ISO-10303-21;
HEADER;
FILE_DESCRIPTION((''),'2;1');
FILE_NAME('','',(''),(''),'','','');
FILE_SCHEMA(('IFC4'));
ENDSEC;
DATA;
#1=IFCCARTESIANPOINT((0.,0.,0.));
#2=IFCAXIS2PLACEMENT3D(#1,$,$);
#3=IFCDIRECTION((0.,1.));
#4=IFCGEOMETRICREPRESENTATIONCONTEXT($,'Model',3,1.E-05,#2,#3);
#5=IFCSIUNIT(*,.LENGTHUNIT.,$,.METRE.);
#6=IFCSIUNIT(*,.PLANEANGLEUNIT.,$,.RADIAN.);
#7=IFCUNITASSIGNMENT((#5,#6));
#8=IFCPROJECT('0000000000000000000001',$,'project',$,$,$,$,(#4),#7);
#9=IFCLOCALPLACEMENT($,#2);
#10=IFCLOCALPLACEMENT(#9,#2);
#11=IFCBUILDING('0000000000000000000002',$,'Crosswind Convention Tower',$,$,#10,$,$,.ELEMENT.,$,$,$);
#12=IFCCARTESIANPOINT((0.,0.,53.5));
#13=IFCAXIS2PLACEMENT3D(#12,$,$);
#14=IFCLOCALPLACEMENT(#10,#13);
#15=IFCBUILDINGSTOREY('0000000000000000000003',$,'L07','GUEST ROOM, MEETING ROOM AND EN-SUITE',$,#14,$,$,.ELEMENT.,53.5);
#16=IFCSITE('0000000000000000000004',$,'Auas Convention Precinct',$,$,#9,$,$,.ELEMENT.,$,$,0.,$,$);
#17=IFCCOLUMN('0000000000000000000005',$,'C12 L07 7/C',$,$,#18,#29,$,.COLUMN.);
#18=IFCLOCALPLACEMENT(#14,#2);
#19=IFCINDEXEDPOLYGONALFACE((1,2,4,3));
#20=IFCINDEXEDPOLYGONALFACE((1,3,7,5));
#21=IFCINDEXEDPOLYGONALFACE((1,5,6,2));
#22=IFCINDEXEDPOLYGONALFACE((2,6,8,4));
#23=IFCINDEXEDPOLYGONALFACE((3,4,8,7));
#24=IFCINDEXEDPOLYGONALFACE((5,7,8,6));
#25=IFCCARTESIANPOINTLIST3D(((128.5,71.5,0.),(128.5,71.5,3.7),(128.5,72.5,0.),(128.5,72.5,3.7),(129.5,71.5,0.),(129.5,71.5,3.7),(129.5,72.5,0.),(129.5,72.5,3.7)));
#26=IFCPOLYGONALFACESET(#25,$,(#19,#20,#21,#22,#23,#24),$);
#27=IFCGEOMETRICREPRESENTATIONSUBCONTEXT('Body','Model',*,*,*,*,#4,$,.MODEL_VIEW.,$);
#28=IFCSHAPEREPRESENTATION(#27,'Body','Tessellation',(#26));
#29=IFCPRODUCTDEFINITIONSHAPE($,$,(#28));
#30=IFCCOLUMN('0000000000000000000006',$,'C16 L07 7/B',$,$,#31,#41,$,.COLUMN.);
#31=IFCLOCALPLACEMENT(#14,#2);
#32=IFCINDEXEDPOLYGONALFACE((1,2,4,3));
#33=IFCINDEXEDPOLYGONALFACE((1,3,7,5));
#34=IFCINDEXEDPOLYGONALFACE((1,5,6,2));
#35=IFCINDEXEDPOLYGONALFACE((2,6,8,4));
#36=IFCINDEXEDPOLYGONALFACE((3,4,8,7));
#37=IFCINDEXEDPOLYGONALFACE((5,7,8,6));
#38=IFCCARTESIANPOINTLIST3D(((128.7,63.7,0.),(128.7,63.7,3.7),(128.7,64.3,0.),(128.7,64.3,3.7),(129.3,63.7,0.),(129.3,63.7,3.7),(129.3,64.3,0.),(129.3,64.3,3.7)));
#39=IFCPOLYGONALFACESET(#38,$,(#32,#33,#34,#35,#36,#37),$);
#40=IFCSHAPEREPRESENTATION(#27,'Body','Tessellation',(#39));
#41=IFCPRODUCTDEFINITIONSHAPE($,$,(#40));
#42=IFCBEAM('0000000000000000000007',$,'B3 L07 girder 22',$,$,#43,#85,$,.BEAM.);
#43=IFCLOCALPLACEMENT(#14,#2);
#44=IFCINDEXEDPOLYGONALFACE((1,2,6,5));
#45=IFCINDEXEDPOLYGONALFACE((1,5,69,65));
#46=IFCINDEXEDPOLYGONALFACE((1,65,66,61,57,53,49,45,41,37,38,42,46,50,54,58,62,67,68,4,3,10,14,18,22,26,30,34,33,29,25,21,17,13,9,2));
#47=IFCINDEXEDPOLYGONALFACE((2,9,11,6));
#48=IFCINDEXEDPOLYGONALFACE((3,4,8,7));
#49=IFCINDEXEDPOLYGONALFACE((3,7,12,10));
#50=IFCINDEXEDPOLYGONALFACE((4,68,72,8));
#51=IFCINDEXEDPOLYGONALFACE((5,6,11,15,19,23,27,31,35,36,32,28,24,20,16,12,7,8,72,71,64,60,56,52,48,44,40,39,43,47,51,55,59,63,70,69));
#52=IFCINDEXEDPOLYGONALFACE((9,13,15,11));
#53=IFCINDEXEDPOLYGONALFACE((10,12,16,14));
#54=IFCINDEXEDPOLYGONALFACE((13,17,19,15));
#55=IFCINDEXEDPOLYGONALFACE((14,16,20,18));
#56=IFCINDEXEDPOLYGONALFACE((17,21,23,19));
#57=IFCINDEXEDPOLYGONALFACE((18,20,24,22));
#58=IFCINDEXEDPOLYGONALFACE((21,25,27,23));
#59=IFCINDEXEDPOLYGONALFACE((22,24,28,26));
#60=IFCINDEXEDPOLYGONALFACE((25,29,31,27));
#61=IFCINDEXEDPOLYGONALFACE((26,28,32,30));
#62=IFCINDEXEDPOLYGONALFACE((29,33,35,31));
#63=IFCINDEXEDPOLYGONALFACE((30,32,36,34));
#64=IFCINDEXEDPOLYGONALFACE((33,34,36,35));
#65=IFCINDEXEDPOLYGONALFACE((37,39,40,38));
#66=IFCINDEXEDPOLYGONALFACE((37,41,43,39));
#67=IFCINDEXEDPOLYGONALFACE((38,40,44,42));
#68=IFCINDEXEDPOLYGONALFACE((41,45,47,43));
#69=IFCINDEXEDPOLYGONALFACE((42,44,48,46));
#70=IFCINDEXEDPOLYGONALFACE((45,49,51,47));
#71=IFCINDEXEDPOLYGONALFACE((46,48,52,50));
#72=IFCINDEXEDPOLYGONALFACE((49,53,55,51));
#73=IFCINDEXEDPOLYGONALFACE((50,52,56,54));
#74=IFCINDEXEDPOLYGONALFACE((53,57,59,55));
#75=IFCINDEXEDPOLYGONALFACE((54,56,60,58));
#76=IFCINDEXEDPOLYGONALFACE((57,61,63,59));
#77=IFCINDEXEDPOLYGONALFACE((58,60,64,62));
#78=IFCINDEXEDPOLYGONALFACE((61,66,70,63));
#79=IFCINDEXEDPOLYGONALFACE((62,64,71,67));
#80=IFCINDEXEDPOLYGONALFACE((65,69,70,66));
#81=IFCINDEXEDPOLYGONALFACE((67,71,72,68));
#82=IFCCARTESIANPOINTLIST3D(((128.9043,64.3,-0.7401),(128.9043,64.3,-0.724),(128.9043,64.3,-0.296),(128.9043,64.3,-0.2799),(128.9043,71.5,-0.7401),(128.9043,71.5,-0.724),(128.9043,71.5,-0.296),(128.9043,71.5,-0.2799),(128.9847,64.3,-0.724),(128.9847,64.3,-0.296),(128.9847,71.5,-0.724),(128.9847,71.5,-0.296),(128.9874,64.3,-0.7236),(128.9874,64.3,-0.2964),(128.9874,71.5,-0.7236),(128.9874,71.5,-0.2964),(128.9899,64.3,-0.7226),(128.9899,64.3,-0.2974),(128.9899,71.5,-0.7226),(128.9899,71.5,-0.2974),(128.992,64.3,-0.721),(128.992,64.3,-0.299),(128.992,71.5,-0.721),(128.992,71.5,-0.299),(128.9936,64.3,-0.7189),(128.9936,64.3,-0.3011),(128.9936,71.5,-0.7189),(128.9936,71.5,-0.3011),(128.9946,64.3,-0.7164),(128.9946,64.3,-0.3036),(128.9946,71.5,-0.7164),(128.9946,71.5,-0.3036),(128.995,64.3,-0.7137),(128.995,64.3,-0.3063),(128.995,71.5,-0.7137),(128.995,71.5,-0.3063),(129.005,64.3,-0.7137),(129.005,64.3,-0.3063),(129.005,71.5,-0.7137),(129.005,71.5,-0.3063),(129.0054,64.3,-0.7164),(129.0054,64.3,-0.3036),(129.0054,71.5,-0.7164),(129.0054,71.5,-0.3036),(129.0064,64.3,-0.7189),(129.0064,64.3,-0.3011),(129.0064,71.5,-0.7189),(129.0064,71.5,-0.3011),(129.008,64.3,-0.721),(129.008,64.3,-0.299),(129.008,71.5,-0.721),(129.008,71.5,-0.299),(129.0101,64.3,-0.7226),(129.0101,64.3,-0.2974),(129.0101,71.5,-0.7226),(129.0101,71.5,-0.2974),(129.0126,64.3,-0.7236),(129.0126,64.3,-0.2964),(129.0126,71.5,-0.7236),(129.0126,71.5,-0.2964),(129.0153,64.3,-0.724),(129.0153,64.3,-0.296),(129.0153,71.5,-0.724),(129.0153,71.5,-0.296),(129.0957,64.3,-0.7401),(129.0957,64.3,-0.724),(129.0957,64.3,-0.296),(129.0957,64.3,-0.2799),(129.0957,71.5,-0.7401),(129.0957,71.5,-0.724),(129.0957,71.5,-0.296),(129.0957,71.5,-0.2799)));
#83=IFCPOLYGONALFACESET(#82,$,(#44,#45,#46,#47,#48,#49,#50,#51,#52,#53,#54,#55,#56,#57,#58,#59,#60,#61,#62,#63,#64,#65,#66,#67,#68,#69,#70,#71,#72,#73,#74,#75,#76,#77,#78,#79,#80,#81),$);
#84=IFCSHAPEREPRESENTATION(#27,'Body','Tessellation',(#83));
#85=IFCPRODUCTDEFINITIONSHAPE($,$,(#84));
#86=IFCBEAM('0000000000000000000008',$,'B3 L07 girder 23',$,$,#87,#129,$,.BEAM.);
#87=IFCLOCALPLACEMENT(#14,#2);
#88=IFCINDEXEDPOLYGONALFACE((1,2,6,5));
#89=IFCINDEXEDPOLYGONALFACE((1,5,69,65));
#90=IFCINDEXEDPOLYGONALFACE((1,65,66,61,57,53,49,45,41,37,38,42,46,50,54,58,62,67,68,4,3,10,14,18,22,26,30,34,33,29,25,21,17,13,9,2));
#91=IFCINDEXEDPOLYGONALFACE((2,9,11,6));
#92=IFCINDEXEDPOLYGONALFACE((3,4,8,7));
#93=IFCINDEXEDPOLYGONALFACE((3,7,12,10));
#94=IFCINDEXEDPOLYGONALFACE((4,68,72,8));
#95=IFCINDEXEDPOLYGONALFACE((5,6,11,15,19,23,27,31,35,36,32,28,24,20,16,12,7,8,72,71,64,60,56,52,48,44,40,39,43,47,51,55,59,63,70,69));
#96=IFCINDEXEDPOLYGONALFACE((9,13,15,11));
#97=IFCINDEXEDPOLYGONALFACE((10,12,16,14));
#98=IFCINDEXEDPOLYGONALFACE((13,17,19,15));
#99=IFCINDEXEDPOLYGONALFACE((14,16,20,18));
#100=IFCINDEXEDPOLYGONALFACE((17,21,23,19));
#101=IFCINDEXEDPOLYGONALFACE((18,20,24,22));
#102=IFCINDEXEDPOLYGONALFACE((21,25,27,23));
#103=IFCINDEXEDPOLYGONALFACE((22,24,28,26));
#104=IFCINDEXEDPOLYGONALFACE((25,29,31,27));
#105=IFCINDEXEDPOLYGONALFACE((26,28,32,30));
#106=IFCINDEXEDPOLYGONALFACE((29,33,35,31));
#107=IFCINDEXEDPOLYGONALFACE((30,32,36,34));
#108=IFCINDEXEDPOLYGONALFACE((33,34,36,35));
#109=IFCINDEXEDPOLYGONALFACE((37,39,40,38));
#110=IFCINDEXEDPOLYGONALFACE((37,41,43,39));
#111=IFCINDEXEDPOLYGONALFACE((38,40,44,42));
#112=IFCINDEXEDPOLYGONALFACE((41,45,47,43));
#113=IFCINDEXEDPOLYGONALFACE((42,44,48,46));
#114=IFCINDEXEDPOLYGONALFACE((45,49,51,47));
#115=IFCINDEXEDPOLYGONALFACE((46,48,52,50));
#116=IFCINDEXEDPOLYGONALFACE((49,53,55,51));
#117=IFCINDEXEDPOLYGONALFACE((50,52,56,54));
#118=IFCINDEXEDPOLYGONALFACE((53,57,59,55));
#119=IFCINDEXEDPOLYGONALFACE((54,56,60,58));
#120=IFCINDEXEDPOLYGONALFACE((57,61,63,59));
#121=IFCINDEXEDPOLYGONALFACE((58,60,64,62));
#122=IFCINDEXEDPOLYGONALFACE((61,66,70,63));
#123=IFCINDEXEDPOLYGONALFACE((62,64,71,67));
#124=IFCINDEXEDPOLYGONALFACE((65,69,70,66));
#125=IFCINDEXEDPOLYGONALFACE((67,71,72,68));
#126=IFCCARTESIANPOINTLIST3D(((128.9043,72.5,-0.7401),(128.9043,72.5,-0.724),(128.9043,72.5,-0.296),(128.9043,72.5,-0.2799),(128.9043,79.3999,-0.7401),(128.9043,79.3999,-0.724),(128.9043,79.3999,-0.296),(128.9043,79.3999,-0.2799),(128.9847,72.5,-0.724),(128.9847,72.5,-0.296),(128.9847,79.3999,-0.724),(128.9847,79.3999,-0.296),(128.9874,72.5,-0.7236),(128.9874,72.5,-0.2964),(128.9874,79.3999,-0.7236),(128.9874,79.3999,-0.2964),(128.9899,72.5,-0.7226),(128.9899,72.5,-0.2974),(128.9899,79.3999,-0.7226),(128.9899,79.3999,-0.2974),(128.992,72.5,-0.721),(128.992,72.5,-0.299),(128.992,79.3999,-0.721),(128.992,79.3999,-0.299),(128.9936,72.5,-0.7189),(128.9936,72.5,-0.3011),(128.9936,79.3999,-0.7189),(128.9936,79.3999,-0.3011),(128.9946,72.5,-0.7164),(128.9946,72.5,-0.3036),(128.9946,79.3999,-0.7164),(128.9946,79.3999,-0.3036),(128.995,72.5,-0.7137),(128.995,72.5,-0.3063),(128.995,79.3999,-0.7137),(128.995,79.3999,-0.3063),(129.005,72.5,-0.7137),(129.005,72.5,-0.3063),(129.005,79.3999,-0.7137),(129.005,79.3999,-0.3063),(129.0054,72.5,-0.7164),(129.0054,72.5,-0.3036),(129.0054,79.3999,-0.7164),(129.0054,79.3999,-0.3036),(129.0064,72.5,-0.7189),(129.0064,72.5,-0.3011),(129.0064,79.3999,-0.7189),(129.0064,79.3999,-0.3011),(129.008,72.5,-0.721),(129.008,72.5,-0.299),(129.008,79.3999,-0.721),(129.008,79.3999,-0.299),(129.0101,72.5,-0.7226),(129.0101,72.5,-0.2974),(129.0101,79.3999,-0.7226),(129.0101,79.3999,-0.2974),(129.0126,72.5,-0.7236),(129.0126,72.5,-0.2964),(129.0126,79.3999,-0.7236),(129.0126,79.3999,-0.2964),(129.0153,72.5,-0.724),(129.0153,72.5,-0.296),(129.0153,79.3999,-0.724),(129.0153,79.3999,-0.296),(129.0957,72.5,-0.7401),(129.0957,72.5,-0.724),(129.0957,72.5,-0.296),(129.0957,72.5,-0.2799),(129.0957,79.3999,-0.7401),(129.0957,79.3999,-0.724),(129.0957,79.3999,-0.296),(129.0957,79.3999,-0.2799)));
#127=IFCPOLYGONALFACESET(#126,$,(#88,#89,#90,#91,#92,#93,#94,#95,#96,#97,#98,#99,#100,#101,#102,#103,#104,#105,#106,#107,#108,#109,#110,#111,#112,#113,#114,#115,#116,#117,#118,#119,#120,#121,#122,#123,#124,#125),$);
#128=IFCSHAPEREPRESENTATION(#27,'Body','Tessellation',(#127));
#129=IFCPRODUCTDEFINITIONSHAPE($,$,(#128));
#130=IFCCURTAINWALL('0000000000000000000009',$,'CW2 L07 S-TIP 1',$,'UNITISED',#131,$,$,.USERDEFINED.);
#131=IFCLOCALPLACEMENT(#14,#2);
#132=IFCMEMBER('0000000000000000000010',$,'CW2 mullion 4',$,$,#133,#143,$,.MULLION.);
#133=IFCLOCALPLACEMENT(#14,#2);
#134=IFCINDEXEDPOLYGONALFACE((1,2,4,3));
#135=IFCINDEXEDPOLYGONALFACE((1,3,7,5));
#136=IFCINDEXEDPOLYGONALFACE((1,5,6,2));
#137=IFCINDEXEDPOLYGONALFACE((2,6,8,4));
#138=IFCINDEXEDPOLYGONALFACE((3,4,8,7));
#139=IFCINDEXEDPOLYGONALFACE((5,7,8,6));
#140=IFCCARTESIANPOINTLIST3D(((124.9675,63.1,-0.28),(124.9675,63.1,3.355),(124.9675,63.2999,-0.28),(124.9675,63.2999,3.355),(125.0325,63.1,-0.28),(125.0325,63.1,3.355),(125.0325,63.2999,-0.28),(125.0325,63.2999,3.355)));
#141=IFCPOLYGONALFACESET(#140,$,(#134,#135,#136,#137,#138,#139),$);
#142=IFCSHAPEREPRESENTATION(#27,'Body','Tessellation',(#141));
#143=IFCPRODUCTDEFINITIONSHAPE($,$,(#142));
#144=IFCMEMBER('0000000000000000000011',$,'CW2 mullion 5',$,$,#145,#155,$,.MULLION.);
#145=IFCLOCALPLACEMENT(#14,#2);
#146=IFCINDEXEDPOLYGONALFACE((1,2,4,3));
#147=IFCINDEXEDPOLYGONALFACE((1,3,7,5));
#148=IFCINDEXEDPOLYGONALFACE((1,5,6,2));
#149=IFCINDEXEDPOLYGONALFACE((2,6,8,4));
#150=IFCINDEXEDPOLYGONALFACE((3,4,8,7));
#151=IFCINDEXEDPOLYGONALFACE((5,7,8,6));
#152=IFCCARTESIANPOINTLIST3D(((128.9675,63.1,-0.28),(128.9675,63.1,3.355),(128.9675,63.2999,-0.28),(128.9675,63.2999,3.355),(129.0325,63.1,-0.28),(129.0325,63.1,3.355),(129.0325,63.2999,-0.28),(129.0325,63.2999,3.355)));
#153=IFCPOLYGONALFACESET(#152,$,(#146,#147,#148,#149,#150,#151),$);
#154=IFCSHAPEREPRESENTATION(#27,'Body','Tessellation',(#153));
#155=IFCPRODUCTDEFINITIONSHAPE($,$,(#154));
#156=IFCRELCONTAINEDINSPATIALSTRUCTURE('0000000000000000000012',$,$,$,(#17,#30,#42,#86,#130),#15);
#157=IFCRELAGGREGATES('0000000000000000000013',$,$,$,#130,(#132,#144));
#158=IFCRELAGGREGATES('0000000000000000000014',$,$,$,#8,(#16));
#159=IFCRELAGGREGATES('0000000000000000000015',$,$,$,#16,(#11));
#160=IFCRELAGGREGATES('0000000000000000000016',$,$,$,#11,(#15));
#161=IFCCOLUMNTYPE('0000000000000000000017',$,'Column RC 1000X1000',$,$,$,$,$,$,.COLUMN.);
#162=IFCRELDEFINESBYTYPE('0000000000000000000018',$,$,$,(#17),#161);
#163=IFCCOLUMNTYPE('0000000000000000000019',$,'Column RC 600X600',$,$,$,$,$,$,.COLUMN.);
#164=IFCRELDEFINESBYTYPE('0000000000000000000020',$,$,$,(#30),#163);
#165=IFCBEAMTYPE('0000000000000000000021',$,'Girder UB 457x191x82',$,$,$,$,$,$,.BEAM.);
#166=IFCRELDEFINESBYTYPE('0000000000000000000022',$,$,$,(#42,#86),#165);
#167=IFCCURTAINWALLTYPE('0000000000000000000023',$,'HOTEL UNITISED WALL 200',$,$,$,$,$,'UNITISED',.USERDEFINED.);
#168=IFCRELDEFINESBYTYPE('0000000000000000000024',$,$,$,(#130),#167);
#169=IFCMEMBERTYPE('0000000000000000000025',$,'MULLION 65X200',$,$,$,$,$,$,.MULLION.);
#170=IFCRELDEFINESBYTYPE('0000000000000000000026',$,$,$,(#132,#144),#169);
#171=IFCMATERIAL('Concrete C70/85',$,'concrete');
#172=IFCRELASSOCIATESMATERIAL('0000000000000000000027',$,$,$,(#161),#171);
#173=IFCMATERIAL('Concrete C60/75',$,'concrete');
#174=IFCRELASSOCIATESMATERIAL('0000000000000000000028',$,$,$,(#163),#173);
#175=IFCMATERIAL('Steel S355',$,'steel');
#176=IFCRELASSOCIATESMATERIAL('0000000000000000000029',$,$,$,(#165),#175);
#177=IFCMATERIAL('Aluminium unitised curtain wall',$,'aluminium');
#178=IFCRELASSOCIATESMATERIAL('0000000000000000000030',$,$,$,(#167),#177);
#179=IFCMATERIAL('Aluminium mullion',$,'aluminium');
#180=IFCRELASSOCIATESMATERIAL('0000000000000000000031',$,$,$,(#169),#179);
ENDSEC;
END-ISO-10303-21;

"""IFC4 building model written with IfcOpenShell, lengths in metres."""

from ifc_helpers import new_model, si_unit, direction, frame, origin, origin_2d, place, context, subcontext, project, spatial, rectangle, i_section, extrude, material, material_profile, profile_set, type_object, element, aggregate, save


model = new_model("IFC4")

# Units and contexts
model_context = context("Model", 3, precision=1e-05, world=origin(), true_north=direction((0.0, 1.0)))
body_context = subcontext(model_context, "Body", "Model", "MODEL_VIEW")
ifc_project = project(units=[si_unit("LENGTHUNIT", "METRE"), si_unit("PLANEANGLEUNIT", "RADIAN")], contexts=[model_context])

# Site, building, storey
site_placement = place(None, origin())
site = spatial("IfcSite", under=ifc_project, at=site_placement, Name="Auas Convention Precinct", CompositionType="ELEMENT", RefElevation=0.0)
building_placement = place(site_placement, origin())
building = spatial("IfcBuilding", under=site, at=building_placement, Name="Crosswind Convention Tower", CompositionType="ELEMENT")
storey_placement = place(building_placement, frame((0.0, 0.0, 53.5)))
storey = spatial("IfcBuildingStorey", under=building, at=storey_placement, Name="L07", Description="GUEST ROOM, MEETING ROOM AND EN-SUITE", CompositionType="ELEMENT", Elevation=53.5)

# Columns
ifc_material_1 = material(Name="Concrete C70/85", Category="concrete")
ifc_material_profile_1 = material_profile(ifc_material_1, rectangle(XDim=1.0, YDim=1.0, at=origin_2d()), Name="RC 1000X1000")
ifc_profile_set_1 = profile_set([ifc_material_profile_1], Name="Concrete C70/85")
column_type_1 = type_object("IfcColumnType", Name="Column RC 1000X1000", PredefinedType="COLUMN", material=ifc_profile_set_1)
column_1_placement = place(storey_placement, frame((129.0, 72.0, 0.0), z_axis=(0.0, 0.0, 1.0), x_axis=(1.0, 0.0, 0.0)))
element("IfcColumn", 1, at=column_1_placement, inside=storey, type_object=column_type_1, Name="C12 L07 7/C", PredefinedType="COLUMN", context=body_context, shape_type="SweptSolid", body=[
    extrude(rectangle(XDim=1.0, YDim=1.0, at=origin_2d()), origin(), (0.0, 0.0, 1.0), 3.7),
])
ifc_material_2 = material(Name="Concrete C60/75", Category="concrete")
ifc_material_profile_2 = material_profile(ifc_material_2, rectangle(XDim=0.6001, YDim=0.6001, at=origin_2d()), Name="RC 600X600")
ifc_profile_set_2 = profile_set([ifc_material_profile_2], Name="Concrete C60/75")
column_type_2 = type_object("IfcColumnType", Name="Column RC 600X600", PredefinedType="COLUMN", material=ifc_profile_set_2)
column_2_placement = place(storey_placement, frame((129.0, 64.0, 0.0), z_axis=(0.0, 0.0, 1.0), x_axis=(1.0, 0.0, 0.0)))
element("IfcColumn", 2, at=column_2_placement, inside=storey, type_object=column_type_2, Name="C16 L07 7/B", PredefinedType="COLUMN", context=body_context, shape_type="SweptSolid", body=[
    extrude(rectangle(XDim=0.6001, YDim=0.6001, at=origin_2d()), origin(), (0.0, 0.0, 1.0), 3.7),
])

# Beams
ifc_material_3 = material(Name="Steel S355", Category="steel")
ifc_material_profile_3 = material_profile(ifc_material_3, i_section(OverallWidth=0.1914, OverallDepth=0.4602, WebThickness=0.01, FlangeThickness=0.0161, FilletRadius=0.0103, at=origin_2d()), Name="UB 457x191x82")
ifc_profile_set_3 = profile_set([ifc_material_profile_3], Name="Steel S355")
beam_type_1 = type_object("IfcBeamType", Name="Girder UB 457x191x82", PredefinedType="BEAM", material=ifc_profile_set_3)
beam_1_placement = place(storey_placement, frame((129.0, 64.3, -0.51), z_axis=(0.0, 1.0, 0.0), x_axis=(-1.0, 0.0, 0.0)))
element("IfcBeam", 3, at=beam_1_placement, inside=storey, type_object=beam_type_1, Name="B3 L07 girder 22", PredefinedType="BEAM", context=body_context, shape_type="SweptSolid", body=[
    extrude(i_section(OverallWidth=0.1914, OverallDepth=0.4602, WebThickness=0.01, FlangeThickness=0.0161, FilletRadius=0.0103, at=origin_2d()), origin(), (0.0, 0.0, 1.0), 7.2),
])
beam_2_placement = place(storey_placement, frame((129.0, 72.5, -0.51), z_axis=(0.0, 1.0, 0.0), x_axis=(-1.0, 0.0, 0.0)))
element("IfcBeam", 4, at=beam_2_placement, inside=storey, type_object=beam_type_1, Name="B3 L07 girder 23", PredefinedType="BEAM", context=body_context, shape_type="SweptSolid", body=[
    extrude(i_section(OverallWidth=0.1914, OverallDepth=0.4602, WebThickness=0.01, FlangeThickness=0.0161, FilletRadius=0.0103, at=origin_2d()), origin(), (0.0, 0.0, 1.0), 6.8999),
])

# Curtain wall, members
ifc_material_4 = material(Name="Aluminium unitised curtain wall", Category="aluminium")
curtain_wall_type = type_object("IfcCurtainWallType", Name="HOTEL UNITISED WALL 200", ElementType="UNITISED", PredefinedType="USERDEFINED", material=ifc_material_4)
curtain_wall_placement = place(storey_placement, origin())
curtain_wall = element("IfcCurtainWall", 5, at=curtain_wall_placement, inside=storey, type_object=curtain_wall_type, Name="CW2 L07 S-TIP 1", ObjectType="UNITISED", PredefinedType="USERDEFINED")
ifc_material_5 = material(Name="Aluminium mullion", Category="aluminium")
ifc_material_profile_4 = material_profile(ifc_material_5, rectangle(XDim=0.2, YDim=0.0649, at=origin_2d()), Name="AL 200X65")
ifc_profile_set_4 = profile_set([ifc_material_profile_4], Name="Aluminium mullion")
member_type = type_object("IfcMemberType", Name="MULLION 65X200", PredefinedType="MULLION", material=ifc_profile_set_4)
member_1_placement = place(storey_placement, frame((125.0, 63.2, -0.28), z_axis=(0.0, 0.0, 1.0), x_axis=(0.0, -1.0, 0.0)))
member_1 = element("IfcMember", 6, at=member_1_placement, type_object=member_type, Name="CW2 mullion 4", PredefinedType="MULLION", context=body_context, shape_type="SweptSolid", body=[
    extrude(rectangle(XDim=0.2, YDim=0.0649, at=origin_2d()), origin(), (0.0, 0.0, 1.0), 3.635),
])
member_2_placement = place(storey_placement, frame((129.0, 63.2, -0.28), z_axis=(0.0, 0.0, 1.0), x_axis=(0.0, -1.0, 0.0)))
member_2 = element("IfcMember", 7, at=member_2_placement, type_object=member_type, Name="CW2 mullion 5", PredefinedType="MULLION", context=body_context, shape_type="SweptSolid", body=[
    extrude(rectangle(XDim=0.2, YDim=0.0649, at=origin_2d()), origin(), (0.0, 0.0, 1.0), 3.635),
])

aggregate(curtain_wall, [member_1, member_2])

save(model, "model.ifc")
